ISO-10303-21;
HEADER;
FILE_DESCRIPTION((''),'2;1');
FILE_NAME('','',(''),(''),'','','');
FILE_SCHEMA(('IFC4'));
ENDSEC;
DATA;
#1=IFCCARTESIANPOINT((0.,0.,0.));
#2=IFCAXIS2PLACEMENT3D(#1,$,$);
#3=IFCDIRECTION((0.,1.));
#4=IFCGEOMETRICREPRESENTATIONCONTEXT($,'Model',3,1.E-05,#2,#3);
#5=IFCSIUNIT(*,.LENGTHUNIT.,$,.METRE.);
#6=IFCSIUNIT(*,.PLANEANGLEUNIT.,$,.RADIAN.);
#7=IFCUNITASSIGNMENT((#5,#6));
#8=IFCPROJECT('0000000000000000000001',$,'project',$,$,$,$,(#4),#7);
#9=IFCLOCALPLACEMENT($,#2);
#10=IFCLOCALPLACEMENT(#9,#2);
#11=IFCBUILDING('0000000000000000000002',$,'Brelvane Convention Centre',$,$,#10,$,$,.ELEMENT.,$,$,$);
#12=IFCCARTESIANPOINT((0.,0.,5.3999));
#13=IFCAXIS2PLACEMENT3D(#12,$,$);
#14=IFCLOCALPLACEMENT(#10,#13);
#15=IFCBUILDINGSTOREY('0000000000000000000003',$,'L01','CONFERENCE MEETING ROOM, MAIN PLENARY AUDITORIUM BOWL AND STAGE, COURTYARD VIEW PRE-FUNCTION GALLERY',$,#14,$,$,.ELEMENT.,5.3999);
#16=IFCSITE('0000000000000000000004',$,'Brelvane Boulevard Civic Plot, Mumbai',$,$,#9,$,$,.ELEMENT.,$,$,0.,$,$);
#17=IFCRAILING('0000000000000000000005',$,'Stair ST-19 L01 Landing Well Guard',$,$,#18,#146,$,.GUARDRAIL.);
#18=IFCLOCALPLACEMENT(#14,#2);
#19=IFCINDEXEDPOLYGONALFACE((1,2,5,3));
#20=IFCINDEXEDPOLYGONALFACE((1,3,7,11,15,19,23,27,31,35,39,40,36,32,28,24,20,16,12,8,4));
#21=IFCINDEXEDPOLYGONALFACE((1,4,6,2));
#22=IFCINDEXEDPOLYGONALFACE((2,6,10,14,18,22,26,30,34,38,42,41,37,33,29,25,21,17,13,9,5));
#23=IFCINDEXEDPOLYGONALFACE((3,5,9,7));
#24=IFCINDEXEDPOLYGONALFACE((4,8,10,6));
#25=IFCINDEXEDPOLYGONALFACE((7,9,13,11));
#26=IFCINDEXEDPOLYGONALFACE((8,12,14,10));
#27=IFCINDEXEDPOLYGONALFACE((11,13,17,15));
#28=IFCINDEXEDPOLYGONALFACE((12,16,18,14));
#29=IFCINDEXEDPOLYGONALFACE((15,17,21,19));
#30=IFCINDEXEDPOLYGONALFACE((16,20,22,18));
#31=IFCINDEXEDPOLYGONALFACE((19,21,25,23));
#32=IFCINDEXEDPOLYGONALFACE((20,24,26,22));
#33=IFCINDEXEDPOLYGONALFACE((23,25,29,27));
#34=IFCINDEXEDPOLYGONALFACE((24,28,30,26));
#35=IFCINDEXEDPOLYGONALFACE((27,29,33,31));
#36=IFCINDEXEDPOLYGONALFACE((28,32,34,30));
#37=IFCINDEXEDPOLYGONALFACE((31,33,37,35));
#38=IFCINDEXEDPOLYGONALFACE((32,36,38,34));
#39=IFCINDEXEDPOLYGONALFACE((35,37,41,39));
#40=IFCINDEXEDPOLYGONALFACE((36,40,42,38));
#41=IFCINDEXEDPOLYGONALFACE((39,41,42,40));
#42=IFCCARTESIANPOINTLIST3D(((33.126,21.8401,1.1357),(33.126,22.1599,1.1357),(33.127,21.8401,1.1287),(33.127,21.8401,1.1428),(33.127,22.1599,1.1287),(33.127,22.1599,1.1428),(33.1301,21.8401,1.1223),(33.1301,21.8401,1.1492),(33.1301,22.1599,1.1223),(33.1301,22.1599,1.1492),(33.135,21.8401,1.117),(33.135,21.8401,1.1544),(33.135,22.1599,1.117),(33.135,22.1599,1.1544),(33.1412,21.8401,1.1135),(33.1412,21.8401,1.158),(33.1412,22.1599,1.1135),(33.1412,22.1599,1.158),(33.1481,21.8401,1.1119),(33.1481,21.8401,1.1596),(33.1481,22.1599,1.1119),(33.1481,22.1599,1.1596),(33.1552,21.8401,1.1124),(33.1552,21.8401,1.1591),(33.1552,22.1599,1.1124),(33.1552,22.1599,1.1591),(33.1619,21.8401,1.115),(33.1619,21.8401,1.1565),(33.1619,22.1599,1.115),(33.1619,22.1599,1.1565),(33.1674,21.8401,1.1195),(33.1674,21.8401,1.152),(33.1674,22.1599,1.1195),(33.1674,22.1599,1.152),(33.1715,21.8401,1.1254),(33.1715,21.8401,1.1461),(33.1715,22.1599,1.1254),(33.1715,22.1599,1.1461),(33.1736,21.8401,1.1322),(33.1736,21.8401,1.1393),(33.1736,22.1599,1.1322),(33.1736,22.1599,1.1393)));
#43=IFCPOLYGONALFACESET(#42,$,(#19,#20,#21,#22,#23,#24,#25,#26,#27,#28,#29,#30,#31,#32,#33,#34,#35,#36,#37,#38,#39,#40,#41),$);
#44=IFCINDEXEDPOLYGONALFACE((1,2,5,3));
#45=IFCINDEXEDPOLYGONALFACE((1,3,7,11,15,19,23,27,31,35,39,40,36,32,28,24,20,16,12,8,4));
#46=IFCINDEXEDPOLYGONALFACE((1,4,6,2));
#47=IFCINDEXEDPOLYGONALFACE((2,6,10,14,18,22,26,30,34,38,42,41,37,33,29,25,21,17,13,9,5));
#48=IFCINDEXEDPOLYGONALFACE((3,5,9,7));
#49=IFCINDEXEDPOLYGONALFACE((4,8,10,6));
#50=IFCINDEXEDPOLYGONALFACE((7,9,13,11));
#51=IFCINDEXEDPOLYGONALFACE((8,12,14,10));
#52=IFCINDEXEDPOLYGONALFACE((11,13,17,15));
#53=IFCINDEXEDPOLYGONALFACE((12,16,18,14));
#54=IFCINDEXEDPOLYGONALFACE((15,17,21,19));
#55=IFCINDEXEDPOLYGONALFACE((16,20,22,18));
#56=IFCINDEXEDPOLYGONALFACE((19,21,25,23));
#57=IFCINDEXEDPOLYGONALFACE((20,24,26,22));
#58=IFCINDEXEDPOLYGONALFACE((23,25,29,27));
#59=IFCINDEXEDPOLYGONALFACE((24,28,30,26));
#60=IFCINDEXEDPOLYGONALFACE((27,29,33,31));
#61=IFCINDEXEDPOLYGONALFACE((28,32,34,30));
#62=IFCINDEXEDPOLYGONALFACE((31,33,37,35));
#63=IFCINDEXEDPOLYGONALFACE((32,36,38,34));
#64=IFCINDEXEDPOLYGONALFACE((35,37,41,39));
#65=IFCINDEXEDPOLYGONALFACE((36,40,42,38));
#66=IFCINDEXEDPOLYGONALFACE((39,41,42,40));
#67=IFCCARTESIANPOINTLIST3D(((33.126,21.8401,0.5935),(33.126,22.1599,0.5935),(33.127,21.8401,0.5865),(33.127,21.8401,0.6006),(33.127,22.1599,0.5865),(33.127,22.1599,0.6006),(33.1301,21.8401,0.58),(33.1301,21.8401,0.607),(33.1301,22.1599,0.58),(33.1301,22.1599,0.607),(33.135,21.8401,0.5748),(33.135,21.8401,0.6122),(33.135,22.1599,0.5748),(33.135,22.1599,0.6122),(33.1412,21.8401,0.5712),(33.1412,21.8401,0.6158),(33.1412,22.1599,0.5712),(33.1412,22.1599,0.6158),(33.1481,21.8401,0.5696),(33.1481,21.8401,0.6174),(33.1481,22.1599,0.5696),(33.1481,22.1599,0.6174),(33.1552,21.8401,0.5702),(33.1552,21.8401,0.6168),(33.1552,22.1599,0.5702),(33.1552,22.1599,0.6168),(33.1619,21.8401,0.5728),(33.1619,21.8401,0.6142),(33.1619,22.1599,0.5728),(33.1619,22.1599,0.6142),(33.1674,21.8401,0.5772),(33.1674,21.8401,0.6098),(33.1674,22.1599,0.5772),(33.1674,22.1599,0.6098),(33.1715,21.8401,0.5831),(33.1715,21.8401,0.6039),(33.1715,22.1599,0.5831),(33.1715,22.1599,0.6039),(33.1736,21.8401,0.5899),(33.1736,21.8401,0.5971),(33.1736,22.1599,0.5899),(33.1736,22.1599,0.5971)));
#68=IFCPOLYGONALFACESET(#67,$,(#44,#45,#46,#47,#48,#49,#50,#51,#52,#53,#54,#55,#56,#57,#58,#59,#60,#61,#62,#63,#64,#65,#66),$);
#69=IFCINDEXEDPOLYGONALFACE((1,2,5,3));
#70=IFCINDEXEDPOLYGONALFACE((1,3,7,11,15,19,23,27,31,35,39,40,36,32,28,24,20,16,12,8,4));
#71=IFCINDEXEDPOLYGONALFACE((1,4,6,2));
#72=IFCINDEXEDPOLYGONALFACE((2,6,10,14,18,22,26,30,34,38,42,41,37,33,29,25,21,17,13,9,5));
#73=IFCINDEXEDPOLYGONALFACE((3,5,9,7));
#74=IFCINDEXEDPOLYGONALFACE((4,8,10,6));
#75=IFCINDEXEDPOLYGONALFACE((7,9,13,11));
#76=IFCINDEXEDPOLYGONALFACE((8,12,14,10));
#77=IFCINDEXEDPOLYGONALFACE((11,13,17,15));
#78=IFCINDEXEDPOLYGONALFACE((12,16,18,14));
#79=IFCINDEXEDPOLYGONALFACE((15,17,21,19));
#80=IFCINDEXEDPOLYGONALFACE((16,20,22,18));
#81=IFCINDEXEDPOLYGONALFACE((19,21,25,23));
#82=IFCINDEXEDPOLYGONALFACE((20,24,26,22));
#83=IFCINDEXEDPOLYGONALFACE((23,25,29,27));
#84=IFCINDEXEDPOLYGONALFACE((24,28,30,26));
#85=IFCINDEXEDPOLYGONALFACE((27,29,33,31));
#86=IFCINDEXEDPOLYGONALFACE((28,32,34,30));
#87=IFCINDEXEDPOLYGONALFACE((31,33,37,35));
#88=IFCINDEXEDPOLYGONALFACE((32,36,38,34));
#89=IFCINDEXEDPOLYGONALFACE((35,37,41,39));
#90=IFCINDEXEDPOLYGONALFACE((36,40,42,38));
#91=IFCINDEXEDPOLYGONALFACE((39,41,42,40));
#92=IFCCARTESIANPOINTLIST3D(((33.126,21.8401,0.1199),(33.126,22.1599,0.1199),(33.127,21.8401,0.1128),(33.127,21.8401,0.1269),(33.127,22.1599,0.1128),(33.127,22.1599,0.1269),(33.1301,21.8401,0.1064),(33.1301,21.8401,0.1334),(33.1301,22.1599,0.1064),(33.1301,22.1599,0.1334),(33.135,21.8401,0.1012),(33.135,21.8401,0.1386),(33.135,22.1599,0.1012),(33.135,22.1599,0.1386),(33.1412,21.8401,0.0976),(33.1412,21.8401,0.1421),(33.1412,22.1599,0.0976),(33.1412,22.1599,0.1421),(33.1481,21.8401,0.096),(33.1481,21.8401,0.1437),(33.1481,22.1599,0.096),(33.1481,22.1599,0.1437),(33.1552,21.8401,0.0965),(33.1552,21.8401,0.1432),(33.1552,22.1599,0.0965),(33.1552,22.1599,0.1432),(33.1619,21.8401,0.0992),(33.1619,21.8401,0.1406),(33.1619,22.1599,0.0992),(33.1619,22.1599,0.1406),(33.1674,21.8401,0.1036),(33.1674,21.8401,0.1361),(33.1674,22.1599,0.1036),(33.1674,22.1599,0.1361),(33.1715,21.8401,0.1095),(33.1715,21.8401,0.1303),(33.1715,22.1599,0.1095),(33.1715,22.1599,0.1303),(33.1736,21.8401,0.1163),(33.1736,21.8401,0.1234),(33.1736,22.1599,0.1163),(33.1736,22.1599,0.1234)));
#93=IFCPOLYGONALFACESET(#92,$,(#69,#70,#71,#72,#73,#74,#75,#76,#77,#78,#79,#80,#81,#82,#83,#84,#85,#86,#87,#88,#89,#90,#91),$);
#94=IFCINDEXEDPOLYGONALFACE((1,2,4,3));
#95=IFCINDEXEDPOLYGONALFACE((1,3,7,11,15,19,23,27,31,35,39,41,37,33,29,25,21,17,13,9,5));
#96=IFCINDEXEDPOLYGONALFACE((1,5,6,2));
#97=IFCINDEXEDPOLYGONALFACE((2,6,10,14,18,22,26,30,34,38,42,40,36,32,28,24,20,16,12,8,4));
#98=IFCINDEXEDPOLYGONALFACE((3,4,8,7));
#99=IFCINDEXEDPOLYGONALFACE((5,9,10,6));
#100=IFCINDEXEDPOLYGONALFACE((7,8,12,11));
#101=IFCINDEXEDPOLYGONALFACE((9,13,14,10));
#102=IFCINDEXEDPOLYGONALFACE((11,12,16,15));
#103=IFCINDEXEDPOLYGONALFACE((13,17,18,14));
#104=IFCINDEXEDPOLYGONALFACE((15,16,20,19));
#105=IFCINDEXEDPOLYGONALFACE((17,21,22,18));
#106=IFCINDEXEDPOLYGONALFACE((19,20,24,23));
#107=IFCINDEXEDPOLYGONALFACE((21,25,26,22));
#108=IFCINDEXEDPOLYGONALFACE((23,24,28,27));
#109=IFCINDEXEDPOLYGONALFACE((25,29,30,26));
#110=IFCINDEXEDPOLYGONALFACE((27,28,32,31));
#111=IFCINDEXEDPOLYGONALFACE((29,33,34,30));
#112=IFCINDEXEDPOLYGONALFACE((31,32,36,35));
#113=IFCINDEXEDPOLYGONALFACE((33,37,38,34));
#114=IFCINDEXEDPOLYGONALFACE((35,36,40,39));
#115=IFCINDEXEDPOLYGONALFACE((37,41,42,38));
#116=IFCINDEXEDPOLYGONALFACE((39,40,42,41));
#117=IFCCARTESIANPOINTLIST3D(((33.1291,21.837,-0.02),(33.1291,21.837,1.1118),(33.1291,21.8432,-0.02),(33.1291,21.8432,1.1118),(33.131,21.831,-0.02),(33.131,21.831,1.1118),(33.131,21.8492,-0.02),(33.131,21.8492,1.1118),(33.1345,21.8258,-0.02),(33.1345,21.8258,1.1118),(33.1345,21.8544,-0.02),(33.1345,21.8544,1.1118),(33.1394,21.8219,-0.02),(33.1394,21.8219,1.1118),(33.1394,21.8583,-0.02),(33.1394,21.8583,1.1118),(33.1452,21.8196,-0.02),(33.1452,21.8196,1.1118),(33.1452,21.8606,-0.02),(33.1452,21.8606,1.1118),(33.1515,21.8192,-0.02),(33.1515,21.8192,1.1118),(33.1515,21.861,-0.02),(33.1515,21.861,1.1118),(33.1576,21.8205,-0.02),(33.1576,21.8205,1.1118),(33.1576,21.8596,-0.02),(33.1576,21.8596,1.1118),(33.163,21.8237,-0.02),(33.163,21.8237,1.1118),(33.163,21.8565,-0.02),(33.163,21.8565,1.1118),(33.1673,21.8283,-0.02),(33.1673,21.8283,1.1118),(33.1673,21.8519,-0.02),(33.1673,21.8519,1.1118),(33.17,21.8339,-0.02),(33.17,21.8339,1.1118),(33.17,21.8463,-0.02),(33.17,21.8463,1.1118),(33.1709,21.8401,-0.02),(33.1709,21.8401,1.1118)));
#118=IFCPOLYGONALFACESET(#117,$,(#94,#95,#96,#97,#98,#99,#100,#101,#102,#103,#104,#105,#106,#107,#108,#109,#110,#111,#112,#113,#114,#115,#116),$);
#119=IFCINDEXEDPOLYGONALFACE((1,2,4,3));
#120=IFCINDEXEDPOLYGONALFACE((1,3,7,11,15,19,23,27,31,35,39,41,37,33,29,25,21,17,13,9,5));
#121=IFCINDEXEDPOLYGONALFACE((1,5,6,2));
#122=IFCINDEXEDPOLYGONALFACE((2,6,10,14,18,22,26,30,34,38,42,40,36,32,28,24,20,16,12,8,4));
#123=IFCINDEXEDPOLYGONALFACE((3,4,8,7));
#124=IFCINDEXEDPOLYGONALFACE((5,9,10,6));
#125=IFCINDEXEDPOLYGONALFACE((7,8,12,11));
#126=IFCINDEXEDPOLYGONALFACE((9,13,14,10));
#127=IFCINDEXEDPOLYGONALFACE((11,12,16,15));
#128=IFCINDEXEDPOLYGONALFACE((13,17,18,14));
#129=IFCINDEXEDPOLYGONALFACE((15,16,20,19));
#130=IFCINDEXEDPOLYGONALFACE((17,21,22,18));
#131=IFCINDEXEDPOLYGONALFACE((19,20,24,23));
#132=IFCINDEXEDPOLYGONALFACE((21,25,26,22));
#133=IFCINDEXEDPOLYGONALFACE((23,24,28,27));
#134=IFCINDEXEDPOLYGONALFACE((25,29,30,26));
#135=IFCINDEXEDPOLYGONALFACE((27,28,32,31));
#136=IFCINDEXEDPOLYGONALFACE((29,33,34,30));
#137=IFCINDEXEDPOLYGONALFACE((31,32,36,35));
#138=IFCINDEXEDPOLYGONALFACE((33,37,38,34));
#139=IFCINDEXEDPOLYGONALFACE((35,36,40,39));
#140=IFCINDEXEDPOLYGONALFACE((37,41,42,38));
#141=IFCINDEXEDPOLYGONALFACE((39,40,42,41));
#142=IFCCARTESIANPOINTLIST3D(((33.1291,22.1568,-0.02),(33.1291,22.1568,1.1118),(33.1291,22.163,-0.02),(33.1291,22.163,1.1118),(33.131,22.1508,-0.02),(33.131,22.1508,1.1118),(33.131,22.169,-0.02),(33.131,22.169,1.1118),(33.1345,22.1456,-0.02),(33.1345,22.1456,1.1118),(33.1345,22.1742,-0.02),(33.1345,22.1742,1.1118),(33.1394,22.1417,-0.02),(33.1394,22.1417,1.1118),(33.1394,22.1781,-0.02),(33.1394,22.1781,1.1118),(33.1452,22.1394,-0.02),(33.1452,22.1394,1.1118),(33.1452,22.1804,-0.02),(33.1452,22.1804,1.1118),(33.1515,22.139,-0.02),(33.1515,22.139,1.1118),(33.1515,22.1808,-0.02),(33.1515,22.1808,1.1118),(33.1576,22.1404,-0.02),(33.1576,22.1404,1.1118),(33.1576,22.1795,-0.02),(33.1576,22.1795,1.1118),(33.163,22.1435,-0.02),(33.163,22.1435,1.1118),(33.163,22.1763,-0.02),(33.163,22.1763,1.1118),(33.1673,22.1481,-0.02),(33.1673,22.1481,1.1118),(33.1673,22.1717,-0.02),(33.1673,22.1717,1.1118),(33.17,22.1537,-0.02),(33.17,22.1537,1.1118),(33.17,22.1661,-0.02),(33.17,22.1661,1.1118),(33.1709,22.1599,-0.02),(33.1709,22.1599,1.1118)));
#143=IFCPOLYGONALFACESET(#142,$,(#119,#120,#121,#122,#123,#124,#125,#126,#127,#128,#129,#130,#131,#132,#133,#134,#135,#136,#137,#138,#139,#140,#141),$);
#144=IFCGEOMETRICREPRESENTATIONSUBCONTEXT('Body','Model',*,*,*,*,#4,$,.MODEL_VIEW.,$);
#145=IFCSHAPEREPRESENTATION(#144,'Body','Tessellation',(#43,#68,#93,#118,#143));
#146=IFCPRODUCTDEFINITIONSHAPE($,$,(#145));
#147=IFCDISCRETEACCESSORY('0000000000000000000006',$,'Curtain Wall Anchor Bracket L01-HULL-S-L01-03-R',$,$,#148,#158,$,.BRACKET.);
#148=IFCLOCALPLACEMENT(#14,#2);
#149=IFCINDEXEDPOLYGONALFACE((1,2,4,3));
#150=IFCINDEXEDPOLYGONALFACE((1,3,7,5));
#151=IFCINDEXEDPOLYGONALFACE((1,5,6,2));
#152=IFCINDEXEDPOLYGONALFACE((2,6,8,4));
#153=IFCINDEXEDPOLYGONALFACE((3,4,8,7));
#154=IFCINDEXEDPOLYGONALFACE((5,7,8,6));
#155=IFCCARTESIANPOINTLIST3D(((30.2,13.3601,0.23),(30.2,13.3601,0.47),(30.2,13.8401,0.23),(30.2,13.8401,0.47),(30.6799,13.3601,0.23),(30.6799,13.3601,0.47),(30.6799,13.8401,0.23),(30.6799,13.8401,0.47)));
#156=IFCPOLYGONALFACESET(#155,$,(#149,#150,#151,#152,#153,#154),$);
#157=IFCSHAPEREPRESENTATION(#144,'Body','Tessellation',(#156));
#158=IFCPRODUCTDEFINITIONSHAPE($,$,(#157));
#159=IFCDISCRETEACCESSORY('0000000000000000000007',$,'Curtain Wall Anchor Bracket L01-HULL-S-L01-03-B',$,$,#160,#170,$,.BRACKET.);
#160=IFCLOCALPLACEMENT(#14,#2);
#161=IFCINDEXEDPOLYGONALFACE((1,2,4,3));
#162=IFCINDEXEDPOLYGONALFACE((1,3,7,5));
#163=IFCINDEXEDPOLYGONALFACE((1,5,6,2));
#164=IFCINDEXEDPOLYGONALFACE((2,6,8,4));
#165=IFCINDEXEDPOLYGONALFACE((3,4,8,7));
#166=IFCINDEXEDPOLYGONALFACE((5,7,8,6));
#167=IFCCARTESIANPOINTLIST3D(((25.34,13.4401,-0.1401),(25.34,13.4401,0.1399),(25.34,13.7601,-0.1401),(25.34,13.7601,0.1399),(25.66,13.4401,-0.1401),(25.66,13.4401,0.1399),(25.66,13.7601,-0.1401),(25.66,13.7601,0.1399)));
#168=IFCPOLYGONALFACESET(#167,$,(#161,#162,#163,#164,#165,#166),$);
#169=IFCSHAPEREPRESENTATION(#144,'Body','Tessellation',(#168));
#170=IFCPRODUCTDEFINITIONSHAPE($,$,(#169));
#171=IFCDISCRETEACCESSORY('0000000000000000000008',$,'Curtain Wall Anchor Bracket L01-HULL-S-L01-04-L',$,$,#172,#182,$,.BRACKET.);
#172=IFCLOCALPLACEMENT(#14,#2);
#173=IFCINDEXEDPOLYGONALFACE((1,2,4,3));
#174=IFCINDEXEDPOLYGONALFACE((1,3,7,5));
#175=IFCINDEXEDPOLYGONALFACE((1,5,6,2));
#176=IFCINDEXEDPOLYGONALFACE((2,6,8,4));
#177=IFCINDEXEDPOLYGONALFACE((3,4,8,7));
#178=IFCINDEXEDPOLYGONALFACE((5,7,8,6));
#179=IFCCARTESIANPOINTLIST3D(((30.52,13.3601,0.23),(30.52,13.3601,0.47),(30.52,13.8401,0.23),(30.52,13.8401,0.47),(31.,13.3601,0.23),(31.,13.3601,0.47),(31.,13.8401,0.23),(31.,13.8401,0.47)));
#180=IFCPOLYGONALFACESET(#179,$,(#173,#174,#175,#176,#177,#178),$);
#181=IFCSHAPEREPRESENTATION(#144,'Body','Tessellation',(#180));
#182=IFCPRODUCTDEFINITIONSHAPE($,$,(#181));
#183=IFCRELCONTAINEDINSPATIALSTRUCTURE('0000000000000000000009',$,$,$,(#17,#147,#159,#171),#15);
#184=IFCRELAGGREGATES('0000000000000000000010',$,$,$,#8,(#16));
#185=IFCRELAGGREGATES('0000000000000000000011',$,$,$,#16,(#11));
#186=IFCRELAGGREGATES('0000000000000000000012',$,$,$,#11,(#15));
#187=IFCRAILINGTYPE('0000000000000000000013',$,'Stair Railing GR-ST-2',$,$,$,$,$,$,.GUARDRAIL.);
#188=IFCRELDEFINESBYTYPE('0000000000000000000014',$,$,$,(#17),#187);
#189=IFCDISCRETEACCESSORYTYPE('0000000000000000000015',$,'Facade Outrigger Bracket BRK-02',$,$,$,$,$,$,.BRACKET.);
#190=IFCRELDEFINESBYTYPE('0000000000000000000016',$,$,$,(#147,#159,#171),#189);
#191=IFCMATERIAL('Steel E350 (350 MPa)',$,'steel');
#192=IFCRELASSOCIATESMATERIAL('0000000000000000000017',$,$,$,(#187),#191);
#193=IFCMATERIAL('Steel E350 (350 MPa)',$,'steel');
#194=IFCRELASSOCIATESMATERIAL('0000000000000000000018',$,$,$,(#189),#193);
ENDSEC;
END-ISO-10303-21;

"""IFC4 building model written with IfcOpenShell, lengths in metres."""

from ifc_helpers import new_model, si_unit, direction, frame, origin, origin_2d, place, context, subcontext, project, spatial, rectangle, circle, extrude, material, type_object, element, save


model = new_model("IFC4")

# Units and contexts
model_context = context("Model", 3, precision=1e-05, world=origin(), true_north=direction((0.0, 1.0)))
body_context = subcontext(model_context, "Body", "Model", "MODEL_VIEW")
ifc_project = project(units=[si_unit("LENGTHUNIT", "METRE"), si_unit("PLANEANGLEUNIT", "RADIAN")], contexts=[model_context])

# Site, building, storey
site_placement = place(None, origin())
site = spatial("IfcSite", under=ifc_project, at=site_placement, Name="Brelvane Boulevard Civic Plot, Mumbai", CompositionType="ELEMENT", RefElevation=0.0)
building_placement = place(site_placement, origin())
building = spatial("IfcBuilding", under=site, at=building_placement, Name="Brelvane Convention Centre", CompositionType="ELEMENT")
storey_placement = place(building_placement, frame((0.0, 0.0, 5.3999)))
storey = spatial("IfcBuildingStorey", under=building, at=storey_placement, Name="L01", Description="CONFERENCE MEETING ROOM, MAIN PLENARY AUDITORIUM BOWL AND STAGE, COURTYARD VIEW PRE-FUNCTION GALLERY", CompositionType="ELEMENT", Elevation=5.3999)

# Railing
ifc_material_1 = material(Name="Steel E350 (350 MPa)", Category="steel")
railing_type_1 = type_object("IfcRailingType", Name="Stair Railing GR-ST-2", PredefinedType="GUARDRAIL", material=ifc_material_1)
railing_1_placement = place(storey_placement, frame((33.1499, 21.8401, -0.02)))
element("IfcRailing", 1, at=railing_1_placement, inside=storey, type_object=railing_type_1, Name="Stair ST-19 L01 Landing Well Guard", PredefinedType="GUARDRAIL", context=body_context, shape_type="SweptSolid", body=[
    extrude(circle(Radius=0.0239, at=origin_2d()), frame((0.0, 0.0, 1.1558), z_axis=(0.0, 1.0, 0.0), x_axis=(-1.0, 0.0, 0.0)), (0.0, 0.0, 1.0), 0.3198),
    extrude(circle(Radius=0.0239, at=origin_2d()), frame((0.0, 0.0, 0.6135), z_axis=(0.0, 1.0, 0.0), x_axis=(-1.0, 0.0, 0.0)), (0.0, 0.0, 1.0), 0.3198),
    extrude(circle(Radius=0.0239, at=origin_2d()), frame((0.0, 0.0, 0.1399), z_axis=(0.0, 1.0, 0.0), x_axis=(-1.0, 0.0, 0.0)), (0.0, 0.0, 1.0), 0.3198),
    extrude(circle(Radius=0.021, at=origin_2d()), origin(), (0.0, 0.0, 1.0), 1.1318),
    extrude(circle(Radius=0.021, at=origin_2d()), frame((0.0, 0.3198, 0.0)), (0.0, 0.0, 1.0), 1.1318),
])

# Discrete accessories
ifc_material_2 = material(Name="Steel E350 (350 MPa)", Category="steel")
discrete_accessory_type = type_object("IfcDiscreteAccessoryType", Name="Facade Outrigger Bracket BRK-02", PredefinedType="BRACKET", material=ifc_material_2)
discrete_accessory_1_placement = place(storey_placement, frame((30.4399, 13.6001, 0.23), z_axis=(0.0, 0.0, 1.0), x_axis=(1.0, 0.0, 0.0)))
element("IfcDiscreteAccessory", 2, at=discrete_accessory_1_placement, inside=storey, type_object=discrete_accessory_type, Name="Curtain Wall Anchor Bracket L01-HULL-S-L01-03-R", PredefinedType="BRACKET", context=body_context, shape_type="SweptSolid", body=[
    extrude(rectangle(XDim=0.48, YDim=0.48, at=origin_2d()), origin(), (0.0, 0.0, 1.0), 0.24),
])
discrete_accessory_2_placement = place(storey_placement, frame((25.5, 13.6001, -0.1401), z_axis=(0.0, 0.0, 1.0), x_axis=(1.0, 0.0, 0.0)))
element("IfcDiscreteAccessory", 3, at=discrete_accessory_2_placement, inside=storey, type_object=discrete_accessory_type, Name="Curtain Wall Anchor Bracket L01-HULL-S-L01-03-B", PredefinedType="BRACKET", context=body_context, shape_type="SweptSolid", body=[
    extrude(rectangle(XDim=0.3201, YDim=0.3201, at=origin_2d()), origin(), (0.0, 0.0, 1.0), 0.28),
])
discrete_accessory_3_placement = place(storey_placement, frame((30.76, 13.6001, 0.23), z_axis=(0.0, 0.0, 1.0), x_axis=(1.0, 0.0, 0.0)))
element("IfcDiscreteAccessory", 4, at=discrete_accessory_3_placement, inside=storey, type_object=discrete_accessory_type, Name="Curtain Wall Anchor Bracket L01-HULL-S-L01-04-L", PredefinedType="BRACKET", context=body_context, shape_type="SweptSolid", body=[
    extrude(rectangle(XDim=0.48, YDim=0.48, at=origin_2d()), origin(), (0.0, 0.0, 1.0), 0.24),
])

save(model, "model.ifc")
